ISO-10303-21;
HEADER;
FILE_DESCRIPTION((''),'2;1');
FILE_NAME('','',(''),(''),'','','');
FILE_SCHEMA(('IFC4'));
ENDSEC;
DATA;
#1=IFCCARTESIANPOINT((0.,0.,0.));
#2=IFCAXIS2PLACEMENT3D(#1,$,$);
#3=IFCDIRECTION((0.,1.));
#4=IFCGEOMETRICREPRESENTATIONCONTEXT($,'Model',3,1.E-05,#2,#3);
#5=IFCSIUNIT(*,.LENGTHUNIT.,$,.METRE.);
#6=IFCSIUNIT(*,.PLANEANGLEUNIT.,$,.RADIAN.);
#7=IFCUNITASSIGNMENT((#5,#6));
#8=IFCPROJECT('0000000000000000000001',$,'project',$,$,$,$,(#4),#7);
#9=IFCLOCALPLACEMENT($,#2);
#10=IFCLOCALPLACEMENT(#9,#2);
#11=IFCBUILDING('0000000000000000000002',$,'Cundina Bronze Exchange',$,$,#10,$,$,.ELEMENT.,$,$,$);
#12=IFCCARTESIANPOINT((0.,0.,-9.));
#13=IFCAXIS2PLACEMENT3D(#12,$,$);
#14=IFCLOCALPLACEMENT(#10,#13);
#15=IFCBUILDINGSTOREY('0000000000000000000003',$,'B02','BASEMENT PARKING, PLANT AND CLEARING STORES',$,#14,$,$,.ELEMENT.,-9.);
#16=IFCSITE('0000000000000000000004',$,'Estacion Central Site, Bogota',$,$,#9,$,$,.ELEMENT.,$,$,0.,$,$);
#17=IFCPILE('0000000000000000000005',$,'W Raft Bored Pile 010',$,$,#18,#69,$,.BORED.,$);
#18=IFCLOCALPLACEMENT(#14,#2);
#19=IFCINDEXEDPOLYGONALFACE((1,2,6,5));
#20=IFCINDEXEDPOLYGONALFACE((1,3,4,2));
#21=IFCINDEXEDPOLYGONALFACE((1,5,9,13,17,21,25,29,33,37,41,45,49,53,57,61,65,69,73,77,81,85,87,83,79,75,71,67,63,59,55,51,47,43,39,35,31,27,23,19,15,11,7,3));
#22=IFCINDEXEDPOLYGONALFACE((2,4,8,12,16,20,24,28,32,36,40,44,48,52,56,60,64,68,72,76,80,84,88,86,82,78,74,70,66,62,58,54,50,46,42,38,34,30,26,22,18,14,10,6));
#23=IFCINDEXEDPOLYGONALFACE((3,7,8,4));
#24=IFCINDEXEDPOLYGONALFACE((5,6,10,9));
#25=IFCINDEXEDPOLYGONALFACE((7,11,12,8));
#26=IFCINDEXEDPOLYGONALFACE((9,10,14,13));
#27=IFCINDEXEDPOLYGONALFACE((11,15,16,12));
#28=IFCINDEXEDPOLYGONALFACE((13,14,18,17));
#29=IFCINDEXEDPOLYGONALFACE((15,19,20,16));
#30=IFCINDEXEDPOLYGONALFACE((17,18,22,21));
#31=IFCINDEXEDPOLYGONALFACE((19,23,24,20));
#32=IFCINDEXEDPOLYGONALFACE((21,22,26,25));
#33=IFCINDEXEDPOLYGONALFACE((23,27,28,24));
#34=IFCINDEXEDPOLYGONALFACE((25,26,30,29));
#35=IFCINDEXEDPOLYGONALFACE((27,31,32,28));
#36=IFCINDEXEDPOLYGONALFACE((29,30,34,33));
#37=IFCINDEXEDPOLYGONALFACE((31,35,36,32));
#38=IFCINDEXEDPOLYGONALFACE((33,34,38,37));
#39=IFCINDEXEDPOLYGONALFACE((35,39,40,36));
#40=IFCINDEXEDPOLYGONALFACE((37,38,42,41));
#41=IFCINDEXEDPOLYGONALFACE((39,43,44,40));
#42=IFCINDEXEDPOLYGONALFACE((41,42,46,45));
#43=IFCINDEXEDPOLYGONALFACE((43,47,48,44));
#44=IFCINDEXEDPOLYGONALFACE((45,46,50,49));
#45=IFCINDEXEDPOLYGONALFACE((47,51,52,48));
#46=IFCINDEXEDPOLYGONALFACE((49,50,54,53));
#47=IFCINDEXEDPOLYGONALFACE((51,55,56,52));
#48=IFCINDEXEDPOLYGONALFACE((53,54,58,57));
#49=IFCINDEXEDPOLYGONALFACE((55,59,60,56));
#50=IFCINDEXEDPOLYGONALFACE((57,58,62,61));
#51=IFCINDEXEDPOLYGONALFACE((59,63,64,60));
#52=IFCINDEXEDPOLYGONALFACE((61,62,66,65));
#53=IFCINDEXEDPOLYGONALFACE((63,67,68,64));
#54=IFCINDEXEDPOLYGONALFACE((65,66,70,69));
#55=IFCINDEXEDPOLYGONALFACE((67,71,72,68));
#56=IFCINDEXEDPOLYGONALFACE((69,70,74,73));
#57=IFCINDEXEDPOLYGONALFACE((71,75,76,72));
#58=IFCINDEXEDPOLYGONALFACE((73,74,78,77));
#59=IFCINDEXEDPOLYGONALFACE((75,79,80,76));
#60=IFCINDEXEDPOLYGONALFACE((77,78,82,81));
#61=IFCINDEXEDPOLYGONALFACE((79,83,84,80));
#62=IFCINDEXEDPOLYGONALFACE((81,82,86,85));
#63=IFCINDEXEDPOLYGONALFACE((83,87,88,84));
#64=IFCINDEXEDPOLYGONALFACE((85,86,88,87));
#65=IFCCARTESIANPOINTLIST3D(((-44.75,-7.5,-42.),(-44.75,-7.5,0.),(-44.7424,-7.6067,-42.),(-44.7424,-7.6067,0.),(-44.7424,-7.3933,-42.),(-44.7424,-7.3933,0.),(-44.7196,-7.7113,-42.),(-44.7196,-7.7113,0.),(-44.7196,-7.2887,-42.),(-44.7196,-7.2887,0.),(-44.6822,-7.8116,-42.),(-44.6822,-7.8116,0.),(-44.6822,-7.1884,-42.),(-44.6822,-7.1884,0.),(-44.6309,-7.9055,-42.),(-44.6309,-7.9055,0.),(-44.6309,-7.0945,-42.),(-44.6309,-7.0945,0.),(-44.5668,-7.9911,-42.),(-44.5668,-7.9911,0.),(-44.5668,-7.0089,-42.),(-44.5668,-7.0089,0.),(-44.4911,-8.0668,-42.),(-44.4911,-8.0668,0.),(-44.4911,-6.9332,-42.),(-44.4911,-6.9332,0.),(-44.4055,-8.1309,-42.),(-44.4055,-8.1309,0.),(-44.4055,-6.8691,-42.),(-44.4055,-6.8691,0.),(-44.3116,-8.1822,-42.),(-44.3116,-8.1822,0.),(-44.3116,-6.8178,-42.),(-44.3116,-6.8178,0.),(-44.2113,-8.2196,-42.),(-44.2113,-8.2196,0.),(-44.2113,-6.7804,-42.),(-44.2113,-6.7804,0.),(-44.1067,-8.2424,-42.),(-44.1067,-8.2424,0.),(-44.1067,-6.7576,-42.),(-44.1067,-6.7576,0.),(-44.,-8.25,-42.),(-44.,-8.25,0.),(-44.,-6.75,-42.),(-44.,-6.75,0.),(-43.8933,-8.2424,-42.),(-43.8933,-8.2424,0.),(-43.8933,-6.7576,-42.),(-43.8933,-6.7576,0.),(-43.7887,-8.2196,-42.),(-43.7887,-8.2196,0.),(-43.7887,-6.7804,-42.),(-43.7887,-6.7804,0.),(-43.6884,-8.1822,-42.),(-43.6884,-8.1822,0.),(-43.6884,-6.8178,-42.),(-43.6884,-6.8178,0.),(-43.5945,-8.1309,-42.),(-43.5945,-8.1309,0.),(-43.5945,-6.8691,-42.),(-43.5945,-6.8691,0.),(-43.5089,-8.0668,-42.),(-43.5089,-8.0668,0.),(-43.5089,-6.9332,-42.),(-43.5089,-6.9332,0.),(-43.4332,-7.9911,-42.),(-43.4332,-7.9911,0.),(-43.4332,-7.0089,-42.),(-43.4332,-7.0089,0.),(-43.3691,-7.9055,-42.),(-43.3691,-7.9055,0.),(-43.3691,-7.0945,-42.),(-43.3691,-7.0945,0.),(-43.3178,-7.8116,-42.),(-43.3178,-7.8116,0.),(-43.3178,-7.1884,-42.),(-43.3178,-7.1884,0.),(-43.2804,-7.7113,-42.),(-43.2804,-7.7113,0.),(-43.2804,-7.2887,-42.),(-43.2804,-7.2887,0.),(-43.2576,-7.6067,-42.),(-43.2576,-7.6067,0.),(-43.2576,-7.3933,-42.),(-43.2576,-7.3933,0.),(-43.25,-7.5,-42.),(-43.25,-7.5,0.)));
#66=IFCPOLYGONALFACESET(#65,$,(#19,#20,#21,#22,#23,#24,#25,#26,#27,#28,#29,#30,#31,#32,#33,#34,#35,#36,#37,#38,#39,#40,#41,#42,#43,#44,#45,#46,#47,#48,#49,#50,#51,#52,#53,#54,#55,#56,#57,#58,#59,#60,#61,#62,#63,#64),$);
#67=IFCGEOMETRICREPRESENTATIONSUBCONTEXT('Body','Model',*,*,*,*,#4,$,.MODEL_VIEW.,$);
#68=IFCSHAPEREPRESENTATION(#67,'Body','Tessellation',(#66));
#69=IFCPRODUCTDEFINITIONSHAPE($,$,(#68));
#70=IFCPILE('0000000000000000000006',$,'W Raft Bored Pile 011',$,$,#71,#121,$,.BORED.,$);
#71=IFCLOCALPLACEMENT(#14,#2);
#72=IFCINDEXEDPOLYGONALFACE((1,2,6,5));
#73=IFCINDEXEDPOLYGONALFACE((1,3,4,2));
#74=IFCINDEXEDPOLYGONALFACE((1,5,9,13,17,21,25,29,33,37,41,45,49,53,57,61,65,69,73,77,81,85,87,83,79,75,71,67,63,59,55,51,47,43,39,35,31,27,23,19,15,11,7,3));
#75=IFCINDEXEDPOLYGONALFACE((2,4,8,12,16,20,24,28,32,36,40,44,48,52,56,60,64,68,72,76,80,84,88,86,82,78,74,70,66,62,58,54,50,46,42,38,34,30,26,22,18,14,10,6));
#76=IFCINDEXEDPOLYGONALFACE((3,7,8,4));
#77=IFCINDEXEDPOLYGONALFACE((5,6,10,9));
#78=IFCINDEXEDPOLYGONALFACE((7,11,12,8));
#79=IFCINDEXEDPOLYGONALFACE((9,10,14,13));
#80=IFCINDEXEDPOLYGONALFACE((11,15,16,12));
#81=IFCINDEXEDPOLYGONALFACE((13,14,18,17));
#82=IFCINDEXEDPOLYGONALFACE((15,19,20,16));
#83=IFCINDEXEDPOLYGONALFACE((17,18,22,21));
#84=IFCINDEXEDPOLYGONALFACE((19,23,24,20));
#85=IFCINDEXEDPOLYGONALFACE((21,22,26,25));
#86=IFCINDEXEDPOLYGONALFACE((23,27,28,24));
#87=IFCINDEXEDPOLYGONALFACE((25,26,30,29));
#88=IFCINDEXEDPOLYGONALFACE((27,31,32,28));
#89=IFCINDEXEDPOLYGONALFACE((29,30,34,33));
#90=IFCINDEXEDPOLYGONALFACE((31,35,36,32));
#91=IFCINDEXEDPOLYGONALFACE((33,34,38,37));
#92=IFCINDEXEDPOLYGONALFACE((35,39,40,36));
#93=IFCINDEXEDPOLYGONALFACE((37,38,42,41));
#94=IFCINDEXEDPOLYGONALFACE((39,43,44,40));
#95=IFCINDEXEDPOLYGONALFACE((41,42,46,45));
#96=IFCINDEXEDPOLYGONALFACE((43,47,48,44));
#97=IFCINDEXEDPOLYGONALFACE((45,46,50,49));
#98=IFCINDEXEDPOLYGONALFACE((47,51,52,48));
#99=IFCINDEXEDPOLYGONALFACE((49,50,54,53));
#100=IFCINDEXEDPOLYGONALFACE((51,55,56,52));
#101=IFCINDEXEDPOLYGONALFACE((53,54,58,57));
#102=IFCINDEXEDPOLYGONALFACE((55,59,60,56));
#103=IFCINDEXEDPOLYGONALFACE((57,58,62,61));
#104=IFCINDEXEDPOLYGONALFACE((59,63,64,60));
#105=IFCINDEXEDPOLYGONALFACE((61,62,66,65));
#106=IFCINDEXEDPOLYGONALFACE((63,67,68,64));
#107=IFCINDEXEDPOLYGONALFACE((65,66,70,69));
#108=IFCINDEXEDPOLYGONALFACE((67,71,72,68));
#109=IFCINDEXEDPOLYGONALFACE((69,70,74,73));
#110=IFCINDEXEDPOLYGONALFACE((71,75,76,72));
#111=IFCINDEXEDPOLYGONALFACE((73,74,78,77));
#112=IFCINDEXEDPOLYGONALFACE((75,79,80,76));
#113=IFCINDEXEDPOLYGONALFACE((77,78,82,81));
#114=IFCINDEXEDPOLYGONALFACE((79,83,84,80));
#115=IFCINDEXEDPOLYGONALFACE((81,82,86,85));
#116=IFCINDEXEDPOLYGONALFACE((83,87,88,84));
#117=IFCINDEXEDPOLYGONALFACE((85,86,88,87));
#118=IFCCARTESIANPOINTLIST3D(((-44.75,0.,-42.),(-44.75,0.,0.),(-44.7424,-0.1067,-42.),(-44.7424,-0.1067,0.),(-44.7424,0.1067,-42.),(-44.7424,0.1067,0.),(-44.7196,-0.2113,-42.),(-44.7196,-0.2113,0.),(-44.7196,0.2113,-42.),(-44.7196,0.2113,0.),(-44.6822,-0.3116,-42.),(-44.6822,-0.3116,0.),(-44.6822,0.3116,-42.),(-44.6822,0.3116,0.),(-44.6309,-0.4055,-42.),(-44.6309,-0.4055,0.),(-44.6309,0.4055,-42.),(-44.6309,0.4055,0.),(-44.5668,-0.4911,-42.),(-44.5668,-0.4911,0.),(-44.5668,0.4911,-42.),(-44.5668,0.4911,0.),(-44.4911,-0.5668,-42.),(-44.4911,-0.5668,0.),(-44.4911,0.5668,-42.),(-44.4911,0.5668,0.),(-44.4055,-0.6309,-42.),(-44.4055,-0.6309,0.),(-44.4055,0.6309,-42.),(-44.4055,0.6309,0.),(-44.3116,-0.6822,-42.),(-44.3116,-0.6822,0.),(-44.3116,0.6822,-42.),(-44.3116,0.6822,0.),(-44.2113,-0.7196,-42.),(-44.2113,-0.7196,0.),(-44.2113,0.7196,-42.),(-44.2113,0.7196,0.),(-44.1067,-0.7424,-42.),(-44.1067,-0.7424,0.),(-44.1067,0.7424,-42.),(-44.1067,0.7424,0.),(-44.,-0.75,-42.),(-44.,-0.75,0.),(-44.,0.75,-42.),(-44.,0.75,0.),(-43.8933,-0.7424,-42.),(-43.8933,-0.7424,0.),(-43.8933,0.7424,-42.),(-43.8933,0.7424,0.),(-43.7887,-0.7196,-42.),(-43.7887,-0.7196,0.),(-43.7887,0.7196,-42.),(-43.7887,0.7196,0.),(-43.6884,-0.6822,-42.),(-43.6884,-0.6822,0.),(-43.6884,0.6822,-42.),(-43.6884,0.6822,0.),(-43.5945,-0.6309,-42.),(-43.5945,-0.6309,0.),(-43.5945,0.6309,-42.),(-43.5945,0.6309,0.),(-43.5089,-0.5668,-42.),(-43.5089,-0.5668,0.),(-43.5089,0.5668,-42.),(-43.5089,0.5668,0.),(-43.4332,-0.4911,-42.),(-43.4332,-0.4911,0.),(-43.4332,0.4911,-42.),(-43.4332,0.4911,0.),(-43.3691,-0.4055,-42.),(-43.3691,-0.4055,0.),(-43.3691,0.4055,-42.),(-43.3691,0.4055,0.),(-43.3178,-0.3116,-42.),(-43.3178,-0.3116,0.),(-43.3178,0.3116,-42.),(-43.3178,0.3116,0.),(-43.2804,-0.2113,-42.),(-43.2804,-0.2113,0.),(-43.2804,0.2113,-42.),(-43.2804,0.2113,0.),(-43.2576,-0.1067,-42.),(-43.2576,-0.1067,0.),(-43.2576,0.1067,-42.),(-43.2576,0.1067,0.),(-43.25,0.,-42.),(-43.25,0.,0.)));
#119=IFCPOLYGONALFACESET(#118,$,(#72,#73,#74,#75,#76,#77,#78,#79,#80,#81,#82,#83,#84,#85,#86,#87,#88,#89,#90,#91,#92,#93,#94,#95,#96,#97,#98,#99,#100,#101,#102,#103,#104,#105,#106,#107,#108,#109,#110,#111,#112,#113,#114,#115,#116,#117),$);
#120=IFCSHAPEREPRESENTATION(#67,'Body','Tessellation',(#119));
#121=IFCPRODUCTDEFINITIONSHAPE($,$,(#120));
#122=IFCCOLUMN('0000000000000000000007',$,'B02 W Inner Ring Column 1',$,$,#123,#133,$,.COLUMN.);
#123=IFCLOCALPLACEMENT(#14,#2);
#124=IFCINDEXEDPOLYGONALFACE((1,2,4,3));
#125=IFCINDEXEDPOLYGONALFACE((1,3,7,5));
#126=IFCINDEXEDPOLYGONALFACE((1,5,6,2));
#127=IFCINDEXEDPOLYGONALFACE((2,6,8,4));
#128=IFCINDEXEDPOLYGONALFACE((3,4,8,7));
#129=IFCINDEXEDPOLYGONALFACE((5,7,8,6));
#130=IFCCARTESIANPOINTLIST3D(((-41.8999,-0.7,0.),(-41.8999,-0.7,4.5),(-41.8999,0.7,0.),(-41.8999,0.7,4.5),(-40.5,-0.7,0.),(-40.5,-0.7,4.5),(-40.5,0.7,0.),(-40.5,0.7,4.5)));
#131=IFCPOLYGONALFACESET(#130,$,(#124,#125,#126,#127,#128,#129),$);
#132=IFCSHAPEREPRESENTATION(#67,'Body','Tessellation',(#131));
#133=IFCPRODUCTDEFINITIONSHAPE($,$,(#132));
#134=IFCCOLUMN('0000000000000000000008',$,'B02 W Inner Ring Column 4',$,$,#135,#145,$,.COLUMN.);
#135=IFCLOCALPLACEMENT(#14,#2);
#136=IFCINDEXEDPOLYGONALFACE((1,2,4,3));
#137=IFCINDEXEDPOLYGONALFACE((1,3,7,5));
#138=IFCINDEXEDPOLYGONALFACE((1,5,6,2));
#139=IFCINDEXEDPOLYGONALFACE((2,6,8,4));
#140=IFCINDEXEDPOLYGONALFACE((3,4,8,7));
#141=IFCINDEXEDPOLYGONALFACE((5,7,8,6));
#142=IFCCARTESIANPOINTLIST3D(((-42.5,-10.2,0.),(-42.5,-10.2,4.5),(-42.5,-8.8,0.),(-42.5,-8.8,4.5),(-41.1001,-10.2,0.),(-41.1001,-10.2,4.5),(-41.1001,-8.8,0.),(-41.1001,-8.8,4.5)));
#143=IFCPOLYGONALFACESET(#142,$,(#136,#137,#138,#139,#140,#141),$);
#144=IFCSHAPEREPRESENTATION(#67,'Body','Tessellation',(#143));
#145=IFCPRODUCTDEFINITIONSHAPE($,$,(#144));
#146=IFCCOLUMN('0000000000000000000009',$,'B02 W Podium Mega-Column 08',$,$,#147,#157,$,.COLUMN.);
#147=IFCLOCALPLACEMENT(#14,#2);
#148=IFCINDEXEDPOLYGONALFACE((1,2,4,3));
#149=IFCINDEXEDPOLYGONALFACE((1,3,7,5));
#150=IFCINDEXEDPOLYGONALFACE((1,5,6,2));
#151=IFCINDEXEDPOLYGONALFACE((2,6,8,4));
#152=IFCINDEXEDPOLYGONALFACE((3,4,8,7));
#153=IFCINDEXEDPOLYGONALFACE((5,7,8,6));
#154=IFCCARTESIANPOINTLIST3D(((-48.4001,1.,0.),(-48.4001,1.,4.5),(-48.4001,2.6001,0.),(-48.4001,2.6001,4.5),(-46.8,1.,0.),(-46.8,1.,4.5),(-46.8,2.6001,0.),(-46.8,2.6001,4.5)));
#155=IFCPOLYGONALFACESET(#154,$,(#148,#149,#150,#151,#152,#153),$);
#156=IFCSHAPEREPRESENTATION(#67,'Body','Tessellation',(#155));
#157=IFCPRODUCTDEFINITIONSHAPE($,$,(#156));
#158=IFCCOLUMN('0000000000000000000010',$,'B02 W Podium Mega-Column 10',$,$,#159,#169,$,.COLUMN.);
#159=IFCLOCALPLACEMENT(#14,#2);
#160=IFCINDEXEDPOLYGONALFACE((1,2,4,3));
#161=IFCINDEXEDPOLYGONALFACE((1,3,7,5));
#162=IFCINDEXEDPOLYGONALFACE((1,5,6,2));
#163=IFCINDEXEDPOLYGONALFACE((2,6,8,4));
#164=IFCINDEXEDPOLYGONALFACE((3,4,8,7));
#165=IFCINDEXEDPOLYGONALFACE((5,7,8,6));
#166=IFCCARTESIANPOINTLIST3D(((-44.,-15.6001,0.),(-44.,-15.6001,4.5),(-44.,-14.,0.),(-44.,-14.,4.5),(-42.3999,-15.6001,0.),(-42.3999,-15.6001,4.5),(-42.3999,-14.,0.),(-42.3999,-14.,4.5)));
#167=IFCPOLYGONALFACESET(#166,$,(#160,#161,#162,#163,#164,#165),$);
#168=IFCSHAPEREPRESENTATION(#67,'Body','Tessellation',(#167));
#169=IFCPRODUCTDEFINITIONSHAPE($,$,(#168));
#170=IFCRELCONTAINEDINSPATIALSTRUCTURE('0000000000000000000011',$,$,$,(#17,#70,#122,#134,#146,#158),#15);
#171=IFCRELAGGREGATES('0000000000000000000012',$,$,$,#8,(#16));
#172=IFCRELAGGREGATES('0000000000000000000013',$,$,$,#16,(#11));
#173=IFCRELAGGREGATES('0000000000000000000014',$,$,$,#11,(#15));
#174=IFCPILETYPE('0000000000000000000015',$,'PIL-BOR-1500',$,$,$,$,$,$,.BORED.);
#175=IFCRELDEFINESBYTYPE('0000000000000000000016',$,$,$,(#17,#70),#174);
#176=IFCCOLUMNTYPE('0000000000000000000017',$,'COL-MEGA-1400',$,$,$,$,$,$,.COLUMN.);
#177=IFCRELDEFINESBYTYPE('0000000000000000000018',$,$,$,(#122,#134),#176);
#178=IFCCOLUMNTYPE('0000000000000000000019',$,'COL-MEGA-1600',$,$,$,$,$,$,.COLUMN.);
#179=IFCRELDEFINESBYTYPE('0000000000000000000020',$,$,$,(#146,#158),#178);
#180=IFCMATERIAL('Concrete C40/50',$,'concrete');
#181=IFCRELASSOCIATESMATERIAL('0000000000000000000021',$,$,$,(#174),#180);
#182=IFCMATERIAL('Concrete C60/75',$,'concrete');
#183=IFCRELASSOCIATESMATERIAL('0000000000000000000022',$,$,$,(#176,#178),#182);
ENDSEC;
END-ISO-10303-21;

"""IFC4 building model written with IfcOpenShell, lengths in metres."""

from ifc_helpers import new_model, si_unit, direction, frame, origin, origin_2d, place, context, subcontext, project, spatial, rectangle, circle, extrude, material, material_profile, profile_set, type_object, element, save


model = new_model("IFC4")

# Units and contexts
model_context = context("Model", 3, precision=1e-05, world=origin(), true_north=direction((0.0, 1.0)))
body_context = subcontext(model_context, "Body", "Model", "MODEL_VIEW")
ifc_project = project(units=[si_unit("LENGTHUNIT", "METRE"), si_unit("PLANEANGLEUNIT", "RADIAN")], contexts=[model_context])

# Site, building, storey
site_placement = place(None, origin())
site = spatial("IfcSite", under=ifc_project, at=site_placement, Name="Estacion Central Site, Bogota", CompositionType="ELEMENT", RefElevation=0.0)
building_placement = place(site_placement, origin())
building = spatial("IfcBuilding", under=site, at=building_placement, Name="Cundina Bronze Exchange", CompositionType="ELEMENT")
storey_placement = place(building_placement, frame((0.0, 0.0, -9.0)))
storey = spatial("IfcBuildingStorey", under=building, at=storey_placement, Name="B02", Description="BASEMENT PARKING, PLANT AND CLEARING STORES", CompositionType="ELEMENT", Elevation=-9.0)

# Shared definitions
ifc_material_1 = material(Name="Concrete C40/50", Category="concrete")

# Piles
ifc_material_profile_1 = material_profile(ifc_material_1, circle(Radius=0.75, at=origin_2d()), Name="PILE1500D", Category="concrete")
ifc_profile_set_1 = profile_set([ifc_material_profile_1], Name="Concrete C40/50")
pile_type_1 = type_object("IfcPileType", Name="PIL-BOR-1500", PredefinedType="BORED", material=ifc_profile_set_1)
for number, where, z_axis, x_axis, name in (
    (1, (-44.0, -7.5, 0.0), (0.0, 0.0, -1.0), (1.0, 0.0, 0.0), "W Raft Bored Pile 010"),
    (2, (-44.0, 0.0, 0.0), (0.0, 0.0, -1.0), (1.0, 0.0, 0.0), "W Raft Bored Pile 011"),
):
    element("IfcPile", number, at=place(storey_placement, frame(where, z_axis=z_axis, x_axis=x_axis)), inside=storey, type_object=pile_type_1, Name=name, PredefinedType="BORED", context=body_context, shape_type="SweptSolid", body=[
        extrude(circle(Radius=0.75, at=origin_2d()), origin(), (0.0, 0.0, 1.0), 42.0),
    ])

# Columns
ifc_material_2 = material(Name="Concrete C60/75", Category="concrete")
ifc_material_profile_2 = material_profile(ifc_material_2, rectangle(XDim=1.3999, YDim=1.3999, at=origin_2d()), Name="RC1400X1400", Category="concrete")
ifc_profile_set_2 = profile_set([ifc_material_profile_2], Name="Concrete C60/75")
column_type_1 = type_object("IfcColumnType", Name="COL-MEGA-1400", PredefinedType="COLUMN", material=ifc_profile_set_2)
for number, where, z_axis, x_axis, name in (
    (3, (-41.2, 0.0, 0.0), (0.0, 0.0, 1.0), (1.0, 0.0, 0.0), "B02 W Inner Ring Column 1"),
    (4, (-41.8, -9.5, 0.0), (0.0, 0.0, 1.0), (1.0, 0.0, 0.0), "B02 W Inner Ring Column 4"),
):
    element("IfcColumn", number, at=place(storey_placement, frame(where, z_axis=z_axis, x_axis=x_axis)), inside=storey, type_object=column_type_1, Name=name, PredefinedType="COLUMN", context=body_context, shape_type="SweptSolid", body=[
        extrude(rectangle(XDim=1.3999, YDim=1.3999, at=origin_2d()), origin(), (0.0, 0.0, 1.0), 4.5),
    ])
ifc_material_profile_3 = material_profile(ifc_material_2, rectangle(XDim=1.6001, YDim=1.6001, at=origin_2d()), Name="RC1600X1600", Category="concrete")
ifc_profile_set_3 = profile_set([ifc_material_profile_3], Name="Concrete C60/75")
column_type_2 = type_object("IfcColumnType", Name="COL-MEGA-1600", PredefinedType="COLUMN", material=ifc_profile_set_3)
for number, where, z_axis, x_axis, name in (
    (5, (-47.6001, 1.8, 0.0), (0.0, 0.0, 1.0), (1.0, 0.0, 0.0), "B02 W Podium Mega-Column 08"),
    (6, (-43.2, -14.8, 0.0), (0.0, 0.0, 1.0), (1.0, 0.0, 0.0), "B02 W Podium Mega-Column 10"),
):
    element("IfcColumn", number, at=place(storey_placement, frame(where, z_axis=z_axis, x_axis=x_axis)), inside=storey, type_object=column_type_2, Name=name, PredefinedType="COLUMN", context=body_context, shape_type="SweptSolid", body=[
        extrude(rectangle(XDim=1.6001, YDim=1.6001, at=origin_2d()), origin(), (0.0, 0.0, 1.0), 4.5),
    ])

save(model, "model.ifc")
